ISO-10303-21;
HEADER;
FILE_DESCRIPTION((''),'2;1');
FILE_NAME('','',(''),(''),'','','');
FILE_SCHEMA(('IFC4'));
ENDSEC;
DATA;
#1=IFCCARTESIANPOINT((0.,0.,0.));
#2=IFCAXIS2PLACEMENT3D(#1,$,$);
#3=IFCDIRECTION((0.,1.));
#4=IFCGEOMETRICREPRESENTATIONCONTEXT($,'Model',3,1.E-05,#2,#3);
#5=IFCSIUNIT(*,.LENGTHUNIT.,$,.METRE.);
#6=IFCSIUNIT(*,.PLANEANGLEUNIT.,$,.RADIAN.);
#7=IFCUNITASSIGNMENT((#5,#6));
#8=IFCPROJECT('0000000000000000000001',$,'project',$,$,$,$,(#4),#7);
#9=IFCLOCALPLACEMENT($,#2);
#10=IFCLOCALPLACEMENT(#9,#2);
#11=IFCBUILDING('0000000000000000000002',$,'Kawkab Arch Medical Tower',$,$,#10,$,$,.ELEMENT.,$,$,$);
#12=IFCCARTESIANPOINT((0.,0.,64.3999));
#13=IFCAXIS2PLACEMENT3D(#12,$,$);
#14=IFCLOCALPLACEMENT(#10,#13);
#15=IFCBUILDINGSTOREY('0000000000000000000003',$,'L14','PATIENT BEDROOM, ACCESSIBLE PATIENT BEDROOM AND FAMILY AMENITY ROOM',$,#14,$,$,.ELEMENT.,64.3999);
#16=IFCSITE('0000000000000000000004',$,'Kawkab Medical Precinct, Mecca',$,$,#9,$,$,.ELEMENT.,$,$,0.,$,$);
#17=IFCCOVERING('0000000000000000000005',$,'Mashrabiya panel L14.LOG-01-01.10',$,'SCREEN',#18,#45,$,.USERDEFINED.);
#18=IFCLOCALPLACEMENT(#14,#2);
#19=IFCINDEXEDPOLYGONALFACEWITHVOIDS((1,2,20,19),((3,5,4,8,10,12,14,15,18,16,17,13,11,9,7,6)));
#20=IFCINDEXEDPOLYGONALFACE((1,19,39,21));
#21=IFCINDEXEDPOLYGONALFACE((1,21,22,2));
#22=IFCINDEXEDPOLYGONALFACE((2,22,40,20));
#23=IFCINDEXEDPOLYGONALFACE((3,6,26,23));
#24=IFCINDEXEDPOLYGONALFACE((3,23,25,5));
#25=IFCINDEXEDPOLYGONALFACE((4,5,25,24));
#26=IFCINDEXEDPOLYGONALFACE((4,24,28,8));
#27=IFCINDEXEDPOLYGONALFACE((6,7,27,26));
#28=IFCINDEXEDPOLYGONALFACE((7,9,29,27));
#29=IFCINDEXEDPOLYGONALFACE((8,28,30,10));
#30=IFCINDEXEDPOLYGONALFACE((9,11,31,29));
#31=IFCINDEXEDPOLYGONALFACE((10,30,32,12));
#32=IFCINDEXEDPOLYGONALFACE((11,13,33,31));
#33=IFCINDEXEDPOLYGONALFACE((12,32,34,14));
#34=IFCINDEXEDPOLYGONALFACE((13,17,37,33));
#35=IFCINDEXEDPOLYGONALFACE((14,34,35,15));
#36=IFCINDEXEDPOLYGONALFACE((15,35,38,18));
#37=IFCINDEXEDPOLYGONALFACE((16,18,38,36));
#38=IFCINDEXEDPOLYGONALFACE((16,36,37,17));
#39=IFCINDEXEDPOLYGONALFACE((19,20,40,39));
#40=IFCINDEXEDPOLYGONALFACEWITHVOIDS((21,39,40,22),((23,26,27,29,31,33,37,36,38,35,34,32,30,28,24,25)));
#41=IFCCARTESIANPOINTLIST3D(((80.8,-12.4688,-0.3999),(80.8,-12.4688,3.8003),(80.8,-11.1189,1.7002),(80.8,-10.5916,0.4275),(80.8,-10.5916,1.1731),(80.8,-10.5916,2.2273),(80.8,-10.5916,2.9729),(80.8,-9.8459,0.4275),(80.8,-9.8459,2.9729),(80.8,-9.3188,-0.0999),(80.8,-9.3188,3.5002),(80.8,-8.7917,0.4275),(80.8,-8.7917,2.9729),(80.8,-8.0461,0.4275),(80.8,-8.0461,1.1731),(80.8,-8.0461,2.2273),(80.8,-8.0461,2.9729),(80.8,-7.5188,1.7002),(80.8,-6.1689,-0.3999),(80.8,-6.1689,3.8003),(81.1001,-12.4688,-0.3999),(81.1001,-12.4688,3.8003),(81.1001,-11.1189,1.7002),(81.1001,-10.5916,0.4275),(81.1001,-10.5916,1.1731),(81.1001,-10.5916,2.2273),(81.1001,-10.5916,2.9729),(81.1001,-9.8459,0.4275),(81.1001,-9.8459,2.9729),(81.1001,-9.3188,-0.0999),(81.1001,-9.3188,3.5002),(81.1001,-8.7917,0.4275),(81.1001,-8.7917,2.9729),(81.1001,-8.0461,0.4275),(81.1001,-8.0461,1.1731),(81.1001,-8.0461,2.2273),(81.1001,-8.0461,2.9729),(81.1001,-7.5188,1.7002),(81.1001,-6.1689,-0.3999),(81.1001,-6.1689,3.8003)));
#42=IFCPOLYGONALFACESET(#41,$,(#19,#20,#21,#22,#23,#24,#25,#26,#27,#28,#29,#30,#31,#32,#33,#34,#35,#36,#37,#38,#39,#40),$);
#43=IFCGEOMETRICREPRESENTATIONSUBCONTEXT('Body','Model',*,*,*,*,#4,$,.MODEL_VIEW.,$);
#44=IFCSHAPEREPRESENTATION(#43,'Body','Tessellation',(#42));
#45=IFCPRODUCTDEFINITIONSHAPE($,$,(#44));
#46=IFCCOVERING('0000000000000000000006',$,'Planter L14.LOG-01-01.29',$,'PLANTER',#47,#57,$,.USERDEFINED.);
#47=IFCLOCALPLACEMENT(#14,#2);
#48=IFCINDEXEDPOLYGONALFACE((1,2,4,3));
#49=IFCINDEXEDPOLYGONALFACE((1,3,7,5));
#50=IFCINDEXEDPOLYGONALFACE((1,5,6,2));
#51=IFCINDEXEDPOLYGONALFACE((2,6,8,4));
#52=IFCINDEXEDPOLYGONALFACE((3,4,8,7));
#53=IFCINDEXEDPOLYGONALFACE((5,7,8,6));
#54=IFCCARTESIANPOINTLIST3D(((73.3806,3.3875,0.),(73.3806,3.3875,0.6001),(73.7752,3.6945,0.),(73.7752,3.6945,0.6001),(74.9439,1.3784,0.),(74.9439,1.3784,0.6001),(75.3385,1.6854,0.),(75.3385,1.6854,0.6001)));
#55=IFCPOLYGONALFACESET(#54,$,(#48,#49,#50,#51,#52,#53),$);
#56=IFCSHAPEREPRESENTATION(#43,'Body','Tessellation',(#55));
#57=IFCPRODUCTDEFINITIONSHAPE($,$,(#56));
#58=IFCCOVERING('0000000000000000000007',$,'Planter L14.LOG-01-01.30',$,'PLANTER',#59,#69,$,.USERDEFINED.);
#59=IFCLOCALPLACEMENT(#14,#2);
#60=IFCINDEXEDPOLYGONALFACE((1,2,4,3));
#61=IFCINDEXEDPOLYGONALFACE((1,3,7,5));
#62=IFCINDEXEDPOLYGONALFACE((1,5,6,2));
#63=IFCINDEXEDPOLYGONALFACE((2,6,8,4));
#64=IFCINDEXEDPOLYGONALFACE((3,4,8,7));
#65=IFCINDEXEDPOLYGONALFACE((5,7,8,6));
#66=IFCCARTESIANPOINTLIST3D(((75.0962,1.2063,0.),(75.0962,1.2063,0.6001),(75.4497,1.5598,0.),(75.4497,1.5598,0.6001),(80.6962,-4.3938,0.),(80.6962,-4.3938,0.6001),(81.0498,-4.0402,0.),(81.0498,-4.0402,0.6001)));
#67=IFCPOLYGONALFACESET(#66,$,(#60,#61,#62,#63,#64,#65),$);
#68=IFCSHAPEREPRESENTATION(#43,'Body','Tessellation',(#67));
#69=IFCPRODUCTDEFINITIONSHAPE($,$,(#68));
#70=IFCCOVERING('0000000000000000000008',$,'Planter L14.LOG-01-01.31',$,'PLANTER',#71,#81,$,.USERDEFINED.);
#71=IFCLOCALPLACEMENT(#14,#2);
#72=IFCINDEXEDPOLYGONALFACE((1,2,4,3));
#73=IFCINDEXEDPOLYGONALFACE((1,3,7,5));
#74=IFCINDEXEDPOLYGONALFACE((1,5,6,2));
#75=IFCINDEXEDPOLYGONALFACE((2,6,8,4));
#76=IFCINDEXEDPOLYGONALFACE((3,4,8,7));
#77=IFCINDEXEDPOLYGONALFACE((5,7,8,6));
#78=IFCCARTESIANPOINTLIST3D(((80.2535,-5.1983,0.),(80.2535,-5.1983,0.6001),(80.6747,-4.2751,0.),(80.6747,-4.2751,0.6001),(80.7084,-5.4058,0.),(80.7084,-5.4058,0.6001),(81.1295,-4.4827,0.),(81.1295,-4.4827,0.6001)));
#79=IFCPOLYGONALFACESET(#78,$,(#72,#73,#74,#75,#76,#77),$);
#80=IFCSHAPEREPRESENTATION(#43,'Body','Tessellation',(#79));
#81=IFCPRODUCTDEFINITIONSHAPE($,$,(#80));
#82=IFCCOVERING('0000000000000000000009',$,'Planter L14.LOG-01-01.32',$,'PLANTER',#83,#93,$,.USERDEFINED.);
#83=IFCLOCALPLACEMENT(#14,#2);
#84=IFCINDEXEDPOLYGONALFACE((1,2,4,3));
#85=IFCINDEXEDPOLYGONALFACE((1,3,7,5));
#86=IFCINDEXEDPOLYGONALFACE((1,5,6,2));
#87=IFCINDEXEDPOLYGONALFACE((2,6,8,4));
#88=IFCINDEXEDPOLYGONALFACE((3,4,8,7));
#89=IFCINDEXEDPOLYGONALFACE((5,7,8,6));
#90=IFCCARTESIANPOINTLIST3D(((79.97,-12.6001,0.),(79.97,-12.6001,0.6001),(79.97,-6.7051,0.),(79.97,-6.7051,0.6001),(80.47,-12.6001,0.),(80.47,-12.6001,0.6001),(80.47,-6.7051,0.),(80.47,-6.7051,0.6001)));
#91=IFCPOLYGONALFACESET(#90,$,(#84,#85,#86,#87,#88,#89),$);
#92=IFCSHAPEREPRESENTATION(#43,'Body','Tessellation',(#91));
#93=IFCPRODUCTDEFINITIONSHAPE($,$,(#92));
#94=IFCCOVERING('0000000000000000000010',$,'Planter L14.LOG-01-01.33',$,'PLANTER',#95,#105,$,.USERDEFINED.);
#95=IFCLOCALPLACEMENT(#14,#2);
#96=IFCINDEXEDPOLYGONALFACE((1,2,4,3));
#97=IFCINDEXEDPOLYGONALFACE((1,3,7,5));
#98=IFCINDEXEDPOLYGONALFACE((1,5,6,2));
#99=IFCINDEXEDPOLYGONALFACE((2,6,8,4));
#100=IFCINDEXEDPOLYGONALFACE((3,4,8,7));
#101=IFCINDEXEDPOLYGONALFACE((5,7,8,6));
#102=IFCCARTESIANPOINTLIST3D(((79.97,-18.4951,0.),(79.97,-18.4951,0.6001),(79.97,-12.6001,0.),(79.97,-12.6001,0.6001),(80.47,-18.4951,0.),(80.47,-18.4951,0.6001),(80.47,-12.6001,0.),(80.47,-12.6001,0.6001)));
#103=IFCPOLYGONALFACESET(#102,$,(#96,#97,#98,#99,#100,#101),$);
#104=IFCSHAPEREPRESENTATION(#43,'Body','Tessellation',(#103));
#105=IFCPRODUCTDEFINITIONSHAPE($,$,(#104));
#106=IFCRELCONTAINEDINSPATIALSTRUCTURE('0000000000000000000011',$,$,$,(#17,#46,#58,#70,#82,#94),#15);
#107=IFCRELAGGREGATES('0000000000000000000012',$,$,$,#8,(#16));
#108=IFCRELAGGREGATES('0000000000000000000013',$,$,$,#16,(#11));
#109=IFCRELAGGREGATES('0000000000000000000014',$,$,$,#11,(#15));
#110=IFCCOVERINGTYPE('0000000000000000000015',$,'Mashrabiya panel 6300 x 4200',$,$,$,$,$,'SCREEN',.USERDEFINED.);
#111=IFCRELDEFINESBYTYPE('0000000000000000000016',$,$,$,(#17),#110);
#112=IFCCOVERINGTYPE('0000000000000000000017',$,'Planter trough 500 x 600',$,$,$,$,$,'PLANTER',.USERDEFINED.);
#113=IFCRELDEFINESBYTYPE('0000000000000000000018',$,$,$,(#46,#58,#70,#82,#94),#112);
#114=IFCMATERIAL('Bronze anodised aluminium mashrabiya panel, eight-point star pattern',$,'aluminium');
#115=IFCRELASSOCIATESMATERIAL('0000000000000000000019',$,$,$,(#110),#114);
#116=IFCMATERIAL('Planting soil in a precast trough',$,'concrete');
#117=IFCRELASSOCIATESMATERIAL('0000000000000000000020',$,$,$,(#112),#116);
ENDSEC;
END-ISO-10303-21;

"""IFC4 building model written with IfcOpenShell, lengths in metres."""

from ifc_helpers import new_model, si_unit, direction, frame, origin, origin_2d, place, context, subcontext, project, spatial, polyline, rectangle, outline, extrude, material, material_profile, profile_set, type_object, element, save


model = new_model("IFC4")

# Units and contexts
model_context = context("Model", 3, precision=1e-05, world=origin(), true_north=direction((0.0, 1.0)))
body_context = subcontext(model_context, "Body", "Model", "MODEL_VIEW")
ifc_project = project(units=[si_unit("LENGTHUNIT", "METRE"), si_unit("PLANEANGLEUNIT", "RADIAN")], contexts=[model_context])

# Site, building, storey
site_placement = place(None, origin())
site = spatial("IfcSite", under=ifc_project, at=site_placement, Name="Kawkab Medical Precinct, Mecca", CompositionType="ELEMENT", RefElevation=0.0)
building_placement = place(site_placement, origin())
building = spatial("IfcBuilding", under=site, at=building_placement, Name="Kawkab Arch Medical Tower", CompositionType="ELEMENT")
storey_placement = place(building_placement, frame((0.0, 0.0, 64.3999)))
storey = spatial("IfcBuildingStorey", under=building, at=storey_placement, Name="L14", Description="PATIENT BEDROOM, ACCESSIBLE PATIENT BEDROOM AND FAMILY AMENITY ROOM", CompositionType="ELEMENT", Elevation=64.3999)

# Coverings
ifc_material_1 = material(Name="Bronze anodised aluminium mashrabiya panel, eight-point star pattern", Category="aluminium")
ifc_material_profile_1 = material_profile(ifc_material_1, outline(polyline([(-3.1499, -2.1001), (3.1499, -2.1001), (3.1499, 2.1001), (-3.1499, 2.1001), (-3.1499, -2.1001)]), holes=[polyline([(1.8, 0.0), (1.2727, 0.5271), (1.2727, 1.2727), (0.5271, 1.2727), (0.0, 1.8), (-0.5271, 1.2727), (-1.2727, 1.2727), (-1.2727, 0.5271), (-1.8, 0.0), (-1.2727, -0.5271), (-1.2727, -1.2727), (-0.5271, -1.2727), (0.0, -1.8), (0.5271, -1.2727), (1.2727, -1.2727), (1.2727, -0.5271), (1.8, 0.0)])]), Name="Mashrabiya panel 6300x4200")
ifc_profile_set_1 = profile_set([ifc_material_profile_1], Name="Bronze anodised aluminium mashrabiya panel, eight-point star pattern")
covering_type_1 = type_object("IfcCoveringType", Name="Mashrabiya panel 6300 x 4200", ElementType="SCREEN", PredefinedType="USERDEFINED", material=ifc_profile_set_1)
covering_1_placement = place(storey_placement, frame((80.8, -9.3188, 1.7002), z_axis=(1.0, 0.0, 0.0), x_axis=(0.0, 1.0, 0.0)))
element("IfcCovering", 1, at=covering_1_placement, inside=storey, type_object=covering_type_1, Name="Mashrabiya panel L14.LOG-01-01.10", ObjectType="SCREEN", PredefinedType="USERDEFINED", context=body_context, shape_type="SweptSolid", body=[
    extrude(outline(polyline([(-3.1499, -2.1001), (3.1499, -2.1001), (3.1499, 2.1001), (-3.1499, 2.1001), (-3.1499, -2.1001)]), holes=[polyline([(1.8, 0.0), (1.2727, 0.5271), (1.2727, 1.2727), (0.5271, 1.2727), (0.0, 1.8), (-0.5271, 1.2727), (-1.2727, 1.2727), (-1.2727, 0.5271), (-1.8, 0.0), (-1.2727, -0.5271), (-1.2727, -1.2727), (-0.5271, -1.2727), (0.0, -1.8), (0.5271, -1.2727), (1.2727, -1.2727), (1.2727, -0.5271), (1.8, 0.0)])]), origin(), (0.0, 0.0, 1.0), 0.3),
])
ifc_material_2 = material(Name="Planting soil in a precast trough", Category="concrete")
ifc_material_profile_2 = material_profile(ifc_material_2, rectangle(XDim=0.5, YDim=0.6001, at=origin_2d()), Name="Trough 500x600")
ifc_profile_set_2 = profile_set([ifc_material_profile_2], Name="Planting soil in a precast trough")
covering_type_2 = type_object("IfcCoveringType", Name="Planter trough 500 x 600", ElementType="PLANTER", PredefinedType="USERDEFINED", material=ifc_profile_set_2)
covering_2_placement = place(storey_placement, frame((73.5779, 3.541, 0.3), z_axis=(0.6141, -0.789228, 0.0), x_axis=(0.789228, 0.6141, 0.0)))
element("IfcCovering", 2, at=covering_2_placement, inside=storey, type_object=covering_type_2, Name="Planter L14.LOG-01-01.29", ObjectType="PLANTER", PredefinedType="USERDEFINED", context=body_context, shape_type="SweptSolid", body=[
    extrude(rectangle(XDim=0.5, YDim=0.6001, at=origin_2d()), origin(), (0.0, 0.0, 1.0), 2.5457),
])
covering_3_placement = place(storey_placement, frame((75.2729, 1.3831, 0.3), z_axis=(0.707107, -0.707107, 0.0), x_axis=(0.707107, 0.707107, 0.0)))
element("IfcCovering", 3, at=covering_3_placement, inside=storey, type_object=covering_type_2, Name="Planter L14.LOG-01-01.30", ObjectType="PLANTER", PredefinedType="USERDEFINED", context=body_context, shape_type="SweptSolid", body=[
    extrude(rectangle(XDim=0.5, YDim=0.6001, at=origin_2d()), origin(), (0.0, 0.0, 1.0), 7.9197),
])
covering_4_placement = place(storey_placement, frame((80.9021, -4.3789, 0.3), z_axis=(-0.415072, -0.909789, 0.0), x_axis=(0.909789, -0.415072, 0.0)))
element("IfcCovering", 4, at=covering_4_placement, inside=storey, type_object=covering_type_2, Name="Planter L14.LOG-01-01.31", ObjectType="PLANTER", PredefinedType="USERDEFINED", context=body_context, shape_type="SweptSolid", body=[
    extrude(rectangle(XDim=0.5, YDim=0.6001, at=origin_2d()), origin(), (0.0, 0.0, 1.0), 1.0146),
])
for number, where, z_axis, x_axis, name in (
    (5, (80.22, -6.7051, 0.3), (0.0, -1.0, 0.0), (1.0, 0.0, 0.0), "Planter L14.LOG-01-01.32"),
    (6, (80.22, -12.6001, 0.3), (0.0, -1.0, 0.0), (1.0, 0.0, 0.0), "Planter L14.LOG-01-01.33"),
):
    element("IfcCovering", number, at=place(storey_placement, frame(where, z_axis=z_axis, x_axis=x_axis)), inside=storey, type_object=covering_type_2, Name=name, ObjectType="PLANTER", PredefinedType="USERDEFINED", context=body_context, shape_type="SweptSolid", body=[
        extrude(rectangle(XDim=0.5, YDim=0.6001, at=origin_2d()), origin(), (0.0, 0.0, 1.0), 5.895),
    ])

save(model, "model.ifc")
